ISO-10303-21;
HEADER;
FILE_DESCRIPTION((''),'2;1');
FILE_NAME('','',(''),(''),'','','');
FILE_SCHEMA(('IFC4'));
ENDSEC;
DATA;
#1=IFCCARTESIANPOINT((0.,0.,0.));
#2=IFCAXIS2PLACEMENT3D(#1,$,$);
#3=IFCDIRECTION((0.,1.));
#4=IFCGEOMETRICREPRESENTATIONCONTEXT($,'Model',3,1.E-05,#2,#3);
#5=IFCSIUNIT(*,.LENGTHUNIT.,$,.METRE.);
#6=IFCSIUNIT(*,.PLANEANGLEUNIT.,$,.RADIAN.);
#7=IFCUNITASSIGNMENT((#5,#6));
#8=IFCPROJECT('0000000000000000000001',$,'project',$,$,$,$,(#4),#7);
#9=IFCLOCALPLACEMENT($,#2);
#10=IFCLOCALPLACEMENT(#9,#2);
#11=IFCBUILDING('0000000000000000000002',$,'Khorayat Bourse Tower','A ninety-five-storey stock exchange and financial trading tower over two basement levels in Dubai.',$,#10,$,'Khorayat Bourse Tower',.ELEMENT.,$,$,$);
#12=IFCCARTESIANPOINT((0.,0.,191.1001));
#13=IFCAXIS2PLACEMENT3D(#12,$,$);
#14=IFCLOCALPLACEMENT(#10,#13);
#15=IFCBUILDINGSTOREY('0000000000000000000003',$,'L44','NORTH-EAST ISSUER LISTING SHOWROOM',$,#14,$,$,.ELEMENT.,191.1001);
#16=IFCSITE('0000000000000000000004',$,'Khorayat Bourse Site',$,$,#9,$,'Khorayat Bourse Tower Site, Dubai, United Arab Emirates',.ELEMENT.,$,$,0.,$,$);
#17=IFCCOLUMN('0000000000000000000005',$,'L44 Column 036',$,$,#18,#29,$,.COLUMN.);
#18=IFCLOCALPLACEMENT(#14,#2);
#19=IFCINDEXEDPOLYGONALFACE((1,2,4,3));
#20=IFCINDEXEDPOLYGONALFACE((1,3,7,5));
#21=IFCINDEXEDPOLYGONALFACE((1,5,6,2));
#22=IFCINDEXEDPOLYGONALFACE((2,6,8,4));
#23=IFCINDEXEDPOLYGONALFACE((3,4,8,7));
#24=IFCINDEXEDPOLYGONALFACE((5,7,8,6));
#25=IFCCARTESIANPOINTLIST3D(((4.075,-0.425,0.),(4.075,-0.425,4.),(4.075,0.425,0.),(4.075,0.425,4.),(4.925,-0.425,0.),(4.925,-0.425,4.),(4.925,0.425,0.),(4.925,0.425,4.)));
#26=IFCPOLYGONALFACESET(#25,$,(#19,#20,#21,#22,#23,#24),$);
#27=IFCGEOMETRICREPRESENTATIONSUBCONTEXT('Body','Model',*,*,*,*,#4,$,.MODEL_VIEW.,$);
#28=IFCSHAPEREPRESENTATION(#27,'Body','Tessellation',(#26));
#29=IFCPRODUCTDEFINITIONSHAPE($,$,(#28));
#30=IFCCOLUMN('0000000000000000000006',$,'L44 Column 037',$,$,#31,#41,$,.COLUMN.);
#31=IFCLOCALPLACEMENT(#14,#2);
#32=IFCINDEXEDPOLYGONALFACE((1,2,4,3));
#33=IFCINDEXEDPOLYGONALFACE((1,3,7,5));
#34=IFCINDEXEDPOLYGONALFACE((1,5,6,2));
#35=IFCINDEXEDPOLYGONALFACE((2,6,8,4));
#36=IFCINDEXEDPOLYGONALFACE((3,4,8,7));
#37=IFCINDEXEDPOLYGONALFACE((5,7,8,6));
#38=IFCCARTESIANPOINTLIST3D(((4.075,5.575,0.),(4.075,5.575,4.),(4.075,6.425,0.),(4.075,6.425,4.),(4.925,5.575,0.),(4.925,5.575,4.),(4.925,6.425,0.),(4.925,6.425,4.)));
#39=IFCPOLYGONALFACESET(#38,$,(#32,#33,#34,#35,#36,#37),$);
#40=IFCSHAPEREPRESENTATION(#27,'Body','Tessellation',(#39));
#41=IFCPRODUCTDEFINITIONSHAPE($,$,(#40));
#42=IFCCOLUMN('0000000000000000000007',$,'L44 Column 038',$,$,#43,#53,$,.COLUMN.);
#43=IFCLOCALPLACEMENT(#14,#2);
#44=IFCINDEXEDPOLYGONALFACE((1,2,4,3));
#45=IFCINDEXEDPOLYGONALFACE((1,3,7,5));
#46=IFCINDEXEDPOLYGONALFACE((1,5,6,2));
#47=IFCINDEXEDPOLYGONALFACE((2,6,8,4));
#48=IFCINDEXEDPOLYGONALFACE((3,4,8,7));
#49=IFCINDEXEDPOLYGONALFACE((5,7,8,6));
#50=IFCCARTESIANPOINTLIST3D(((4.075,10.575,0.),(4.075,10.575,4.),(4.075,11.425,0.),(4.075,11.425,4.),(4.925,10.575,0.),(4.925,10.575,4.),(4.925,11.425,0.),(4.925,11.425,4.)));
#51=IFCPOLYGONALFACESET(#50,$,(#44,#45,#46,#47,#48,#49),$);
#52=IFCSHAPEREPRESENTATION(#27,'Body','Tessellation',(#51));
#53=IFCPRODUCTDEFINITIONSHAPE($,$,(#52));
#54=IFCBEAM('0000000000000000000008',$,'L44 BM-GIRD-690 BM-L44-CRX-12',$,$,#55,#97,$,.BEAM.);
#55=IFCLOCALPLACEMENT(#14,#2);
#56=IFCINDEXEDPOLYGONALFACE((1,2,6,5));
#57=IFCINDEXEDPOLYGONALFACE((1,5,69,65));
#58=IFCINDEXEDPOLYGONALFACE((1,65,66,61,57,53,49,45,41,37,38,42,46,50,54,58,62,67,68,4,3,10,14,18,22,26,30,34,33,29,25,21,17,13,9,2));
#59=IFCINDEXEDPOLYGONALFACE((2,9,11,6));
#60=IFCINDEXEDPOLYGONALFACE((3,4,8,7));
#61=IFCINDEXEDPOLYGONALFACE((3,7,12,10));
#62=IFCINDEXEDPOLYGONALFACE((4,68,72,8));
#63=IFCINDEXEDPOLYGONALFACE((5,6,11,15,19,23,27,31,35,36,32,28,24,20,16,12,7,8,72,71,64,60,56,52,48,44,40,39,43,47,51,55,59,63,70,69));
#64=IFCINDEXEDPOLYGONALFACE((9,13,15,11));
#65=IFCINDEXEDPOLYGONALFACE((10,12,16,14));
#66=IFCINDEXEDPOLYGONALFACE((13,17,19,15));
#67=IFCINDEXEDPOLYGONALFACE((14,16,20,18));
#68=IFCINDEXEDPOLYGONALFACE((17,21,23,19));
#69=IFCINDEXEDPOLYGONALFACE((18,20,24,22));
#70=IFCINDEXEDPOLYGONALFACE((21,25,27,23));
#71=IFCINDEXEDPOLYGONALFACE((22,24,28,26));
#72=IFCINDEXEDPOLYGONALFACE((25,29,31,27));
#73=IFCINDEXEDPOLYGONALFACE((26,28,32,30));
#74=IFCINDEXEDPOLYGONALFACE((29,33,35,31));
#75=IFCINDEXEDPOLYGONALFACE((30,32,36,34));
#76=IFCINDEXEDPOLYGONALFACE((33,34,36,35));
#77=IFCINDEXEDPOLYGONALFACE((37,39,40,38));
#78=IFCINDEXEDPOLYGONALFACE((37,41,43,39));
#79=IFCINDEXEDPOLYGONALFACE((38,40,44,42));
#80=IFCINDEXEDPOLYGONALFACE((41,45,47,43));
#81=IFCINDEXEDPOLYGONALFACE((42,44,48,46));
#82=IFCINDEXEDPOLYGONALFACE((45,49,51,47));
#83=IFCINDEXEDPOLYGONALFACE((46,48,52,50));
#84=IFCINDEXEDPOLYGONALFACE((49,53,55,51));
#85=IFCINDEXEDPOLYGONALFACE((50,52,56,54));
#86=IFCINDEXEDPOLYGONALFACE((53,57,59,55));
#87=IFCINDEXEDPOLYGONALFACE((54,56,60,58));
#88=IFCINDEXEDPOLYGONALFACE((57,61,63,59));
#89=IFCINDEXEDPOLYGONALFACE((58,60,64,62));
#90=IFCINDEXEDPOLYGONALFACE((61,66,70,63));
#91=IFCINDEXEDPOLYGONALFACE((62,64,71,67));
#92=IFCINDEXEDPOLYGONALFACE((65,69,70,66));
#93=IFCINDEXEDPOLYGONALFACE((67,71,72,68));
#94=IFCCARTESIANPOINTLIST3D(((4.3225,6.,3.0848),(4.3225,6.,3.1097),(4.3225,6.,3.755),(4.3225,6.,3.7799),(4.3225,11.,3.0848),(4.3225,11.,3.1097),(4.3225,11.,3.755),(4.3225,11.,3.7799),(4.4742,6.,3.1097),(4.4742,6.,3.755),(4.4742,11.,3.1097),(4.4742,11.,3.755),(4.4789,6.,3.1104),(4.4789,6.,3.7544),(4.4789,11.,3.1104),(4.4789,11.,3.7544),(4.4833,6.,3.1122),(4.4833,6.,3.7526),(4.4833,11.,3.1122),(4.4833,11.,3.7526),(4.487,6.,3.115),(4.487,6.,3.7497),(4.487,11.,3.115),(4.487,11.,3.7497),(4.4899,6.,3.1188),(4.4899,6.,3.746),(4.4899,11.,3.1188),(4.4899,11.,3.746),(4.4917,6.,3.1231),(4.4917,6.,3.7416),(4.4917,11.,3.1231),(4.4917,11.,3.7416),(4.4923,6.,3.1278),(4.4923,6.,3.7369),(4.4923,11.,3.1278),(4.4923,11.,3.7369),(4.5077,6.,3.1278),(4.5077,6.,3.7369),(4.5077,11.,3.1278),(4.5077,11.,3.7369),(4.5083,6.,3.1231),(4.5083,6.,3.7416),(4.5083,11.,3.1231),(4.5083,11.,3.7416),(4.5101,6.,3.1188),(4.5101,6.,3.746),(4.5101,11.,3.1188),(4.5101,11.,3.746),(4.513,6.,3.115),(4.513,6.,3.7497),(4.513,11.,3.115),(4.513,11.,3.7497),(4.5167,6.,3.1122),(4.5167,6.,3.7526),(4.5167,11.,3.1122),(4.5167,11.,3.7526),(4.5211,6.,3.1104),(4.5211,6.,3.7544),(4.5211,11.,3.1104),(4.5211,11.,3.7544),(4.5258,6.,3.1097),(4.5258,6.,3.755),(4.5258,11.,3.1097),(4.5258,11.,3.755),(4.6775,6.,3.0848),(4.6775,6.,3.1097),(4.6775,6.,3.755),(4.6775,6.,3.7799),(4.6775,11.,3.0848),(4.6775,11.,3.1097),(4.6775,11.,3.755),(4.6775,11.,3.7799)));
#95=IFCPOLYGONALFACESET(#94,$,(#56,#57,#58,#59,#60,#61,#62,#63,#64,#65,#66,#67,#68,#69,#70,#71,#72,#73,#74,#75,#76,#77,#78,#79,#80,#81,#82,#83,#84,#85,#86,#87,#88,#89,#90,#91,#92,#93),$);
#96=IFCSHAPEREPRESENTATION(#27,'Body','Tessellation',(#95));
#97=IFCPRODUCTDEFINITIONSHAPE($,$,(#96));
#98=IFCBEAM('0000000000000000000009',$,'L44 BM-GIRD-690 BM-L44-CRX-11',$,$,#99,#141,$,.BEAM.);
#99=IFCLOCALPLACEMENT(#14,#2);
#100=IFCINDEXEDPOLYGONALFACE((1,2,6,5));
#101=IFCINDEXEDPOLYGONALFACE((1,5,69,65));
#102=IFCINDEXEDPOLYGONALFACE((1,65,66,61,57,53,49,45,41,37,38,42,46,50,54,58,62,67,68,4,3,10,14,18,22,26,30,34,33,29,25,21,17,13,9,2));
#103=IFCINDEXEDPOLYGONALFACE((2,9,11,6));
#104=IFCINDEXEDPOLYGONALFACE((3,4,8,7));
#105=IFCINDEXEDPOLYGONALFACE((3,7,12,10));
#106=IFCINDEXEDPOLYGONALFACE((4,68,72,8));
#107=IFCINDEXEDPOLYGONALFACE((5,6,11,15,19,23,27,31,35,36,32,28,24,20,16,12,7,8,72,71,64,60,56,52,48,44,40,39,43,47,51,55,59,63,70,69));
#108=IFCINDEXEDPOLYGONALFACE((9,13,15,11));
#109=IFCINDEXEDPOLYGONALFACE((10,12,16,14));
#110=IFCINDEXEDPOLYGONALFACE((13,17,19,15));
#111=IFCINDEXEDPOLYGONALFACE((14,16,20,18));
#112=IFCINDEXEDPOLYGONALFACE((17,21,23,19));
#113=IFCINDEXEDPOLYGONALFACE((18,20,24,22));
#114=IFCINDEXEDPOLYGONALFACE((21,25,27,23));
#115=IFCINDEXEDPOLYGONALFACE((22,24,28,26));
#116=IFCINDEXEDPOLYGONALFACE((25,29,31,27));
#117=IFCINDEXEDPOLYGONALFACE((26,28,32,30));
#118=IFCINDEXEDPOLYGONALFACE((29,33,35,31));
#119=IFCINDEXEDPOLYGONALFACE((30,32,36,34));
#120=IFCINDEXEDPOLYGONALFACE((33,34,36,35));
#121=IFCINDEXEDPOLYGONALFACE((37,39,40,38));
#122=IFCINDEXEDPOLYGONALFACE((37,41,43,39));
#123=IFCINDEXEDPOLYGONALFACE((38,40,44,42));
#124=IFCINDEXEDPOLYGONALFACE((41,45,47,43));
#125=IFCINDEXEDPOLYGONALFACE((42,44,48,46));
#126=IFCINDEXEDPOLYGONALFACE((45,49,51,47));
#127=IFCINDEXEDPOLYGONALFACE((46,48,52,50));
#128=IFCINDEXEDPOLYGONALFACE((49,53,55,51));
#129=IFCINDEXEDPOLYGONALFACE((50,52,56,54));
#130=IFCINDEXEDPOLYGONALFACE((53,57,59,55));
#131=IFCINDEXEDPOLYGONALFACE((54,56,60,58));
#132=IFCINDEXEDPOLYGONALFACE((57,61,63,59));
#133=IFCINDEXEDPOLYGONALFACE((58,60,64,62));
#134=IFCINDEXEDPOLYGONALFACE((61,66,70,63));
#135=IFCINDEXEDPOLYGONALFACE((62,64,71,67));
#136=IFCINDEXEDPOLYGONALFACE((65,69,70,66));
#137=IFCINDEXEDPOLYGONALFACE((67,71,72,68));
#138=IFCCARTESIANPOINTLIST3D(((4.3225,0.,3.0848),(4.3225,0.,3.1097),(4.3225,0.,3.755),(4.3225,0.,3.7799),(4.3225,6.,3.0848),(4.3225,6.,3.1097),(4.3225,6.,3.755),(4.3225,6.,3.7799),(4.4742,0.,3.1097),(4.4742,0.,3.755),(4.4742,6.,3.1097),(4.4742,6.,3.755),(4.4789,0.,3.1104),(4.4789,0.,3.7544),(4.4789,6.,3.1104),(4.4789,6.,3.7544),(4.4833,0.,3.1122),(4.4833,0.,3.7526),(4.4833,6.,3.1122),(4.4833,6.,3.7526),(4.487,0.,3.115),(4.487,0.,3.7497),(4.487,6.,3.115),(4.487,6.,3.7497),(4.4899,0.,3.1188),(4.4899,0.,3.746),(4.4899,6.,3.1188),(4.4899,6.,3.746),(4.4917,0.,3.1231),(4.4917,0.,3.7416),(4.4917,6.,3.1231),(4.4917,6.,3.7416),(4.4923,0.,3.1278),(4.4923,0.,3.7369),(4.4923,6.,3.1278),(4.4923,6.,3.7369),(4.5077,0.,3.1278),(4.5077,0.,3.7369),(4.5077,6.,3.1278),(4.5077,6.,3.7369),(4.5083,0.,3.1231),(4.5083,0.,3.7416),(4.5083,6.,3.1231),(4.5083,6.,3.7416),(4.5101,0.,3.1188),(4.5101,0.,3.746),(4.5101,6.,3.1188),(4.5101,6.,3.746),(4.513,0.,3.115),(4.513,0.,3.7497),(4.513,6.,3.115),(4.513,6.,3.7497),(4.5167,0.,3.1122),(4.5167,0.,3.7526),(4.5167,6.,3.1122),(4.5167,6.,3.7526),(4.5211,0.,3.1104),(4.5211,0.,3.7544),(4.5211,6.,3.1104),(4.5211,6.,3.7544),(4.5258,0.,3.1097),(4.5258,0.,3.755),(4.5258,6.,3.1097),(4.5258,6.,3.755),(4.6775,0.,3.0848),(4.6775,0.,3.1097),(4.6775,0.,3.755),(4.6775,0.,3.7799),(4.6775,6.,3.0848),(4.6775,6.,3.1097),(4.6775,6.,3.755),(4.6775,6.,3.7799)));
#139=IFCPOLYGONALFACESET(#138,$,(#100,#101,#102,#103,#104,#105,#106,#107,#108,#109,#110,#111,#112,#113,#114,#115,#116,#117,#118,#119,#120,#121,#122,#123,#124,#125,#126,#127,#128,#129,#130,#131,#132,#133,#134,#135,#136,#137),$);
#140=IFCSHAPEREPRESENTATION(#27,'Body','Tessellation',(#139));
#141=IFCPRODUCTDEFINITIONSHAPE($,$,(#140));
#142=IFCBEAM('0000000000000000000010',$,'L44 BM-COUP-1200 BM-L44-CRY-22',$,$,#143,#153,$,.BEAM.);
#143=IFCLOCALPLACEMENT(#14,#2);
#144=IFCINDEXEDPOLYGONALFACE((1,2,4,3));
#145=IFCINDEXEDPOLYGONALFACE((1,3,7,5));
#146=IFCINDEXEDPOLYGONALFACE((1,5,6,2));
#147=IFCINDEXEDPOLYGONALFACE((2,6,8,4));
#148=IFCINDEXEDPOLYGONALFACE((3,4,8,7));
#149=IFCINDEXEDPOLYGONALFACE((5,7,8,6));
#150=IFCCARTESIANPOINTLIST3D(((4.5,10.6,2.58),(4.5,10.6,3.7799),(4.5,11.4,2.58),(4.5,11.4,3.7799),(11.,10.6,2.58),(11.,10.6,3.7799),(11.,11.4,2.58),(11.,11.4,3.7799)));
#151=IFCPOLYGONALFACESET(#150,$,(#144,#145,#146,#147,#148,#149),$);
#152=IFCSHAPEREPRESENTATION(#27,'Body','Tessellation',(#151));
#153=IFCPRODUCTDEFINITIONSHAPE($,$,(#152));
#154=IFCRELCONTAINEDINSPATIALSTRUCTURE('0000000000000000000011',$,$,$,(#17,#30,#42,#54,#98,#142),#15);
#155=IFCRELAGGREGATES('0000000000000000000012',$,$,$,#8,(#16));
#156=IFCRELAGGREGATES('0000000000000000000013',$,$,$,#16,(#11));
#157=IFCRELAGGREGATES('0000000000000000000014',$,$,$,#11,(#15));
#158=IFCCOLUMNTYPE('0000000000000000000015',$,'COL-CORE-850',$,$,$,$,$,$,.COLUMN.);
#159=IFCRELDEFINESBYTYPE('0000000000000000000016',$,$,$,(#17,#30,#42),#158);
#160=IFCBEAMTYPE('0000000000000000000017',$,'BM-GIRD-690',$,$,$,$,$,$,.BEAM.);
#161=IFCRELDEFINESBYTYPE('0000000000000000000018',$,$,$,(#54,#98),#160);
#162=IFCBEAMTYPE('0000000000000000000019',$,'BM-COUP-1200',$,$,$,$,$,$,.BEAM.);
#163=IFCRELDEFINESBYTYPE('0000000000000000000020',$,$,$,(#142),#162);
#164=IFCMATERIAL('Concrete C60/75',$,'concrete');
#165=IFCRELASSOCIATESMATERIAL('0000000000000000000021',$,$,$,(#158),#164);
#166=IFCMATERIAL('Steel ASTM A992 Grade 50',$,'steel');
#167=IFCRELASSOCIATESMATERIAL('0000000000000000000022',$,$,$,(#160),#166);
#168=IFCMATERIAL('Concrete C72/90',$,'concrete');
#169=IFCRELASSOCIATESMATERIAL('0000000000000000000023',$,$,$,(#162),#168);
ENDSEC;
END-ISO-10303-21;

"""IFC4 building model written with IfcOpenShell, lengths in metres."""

from ifc_helpers import new_model, si_unit, direction, frame, origin, origin_2d, place, context, subcontext, project, spatial, rectangle, i_section, extrude, source, transform, mapped, material, material_profile, profile_set, type_object, element, save


model = new_model("IFC4")

# Units and contexts
model_context = context("Model", 3, precision=1e-05, world=origin(), true_north=direction((0.0, 1.0)))
body_context = subcontext(model_context, "Body", "Model", "MODEL_VIEW")
ifc_project = project(units=[si_unit("LENGTHUNIT", "METRE"), si_unit("PLANEANGLEUNIT", "RADIAN")], contexts=[model_context])

# Site, building, storey
site_placement = place(None, origin())
site = spatial("IfcSite", under=ifc_project, at=site_placement, Name="Khorayat Bourse Site", LongName="Khorayat Bourse Tower Site, Dubai, United Arab Emirates", CompositionType="ELEMENT", RefElevation=0.0)
building_placement = place(site_placement, origin())
building = spatial("IfcBuilding", under=site, at=building_placement, Name="Khorayat Bourse Tower", Description="A ninety-five-storey stock exchange and financial trading tower over two basement levels in Dubai.", LongName="Khorayat Bourse Tower", CompositionType="ELEMENT")
storey_placement = place(building_placement, frame((0.0, 0.0, 191.1001)))
storey = spatial("IfcBuildingStorey", under=building, at=storey_placement, Name="L44", Description="NORTH-EAST ISSUER LISTING SHOWROOM", CompositionType="ELEMENT", Elevation=191.1001)

# Columns
ifc_material_1 = material(Name="Concrete C60/75", Category="concrete")
ifc_material_profile_1 = material_profile(ifc_material_1, rectangle(XDim=0.8501, YDim=0.8501, at=origin_2d()), Name="RC 850x850")
ifc_profile_set_1 = profile_set([ifc_material_profile_1], Name="Concrete C60/75")
column_type = type_object("IfcColumnType", Name="COL-CORE-850", PredefinedType="COLUMN", material=ifc_profile_set_1)
shared_shape_1 = source(origin(), body_context, "Body", "SweptSolid", [
    extrude(rectangle(XDim=0.8501, YDim=0.8501, at=origin_2d()), origin(), (0.0, 0.0, 1.0), 4.0),
])
for number, where, z_axis, x_axis, name in (
    (1, (4.5, 0.0, 0.0), (0.0, 0.0, 1.0), (1.0, 0.0, 0.0), "L44 Column 036"),
    (2, (4.5, 6.0, 0.0), (0.0, 0.0, 1.0), (1.0, 0.0, 0.0), "L44 Column 037"),
    (3, (4.5, 11.0, 0.0), (0.0, 0.0, 1.0), (1.0, 0.0, 0.0), "L44 Column 038"),
):
    element("IfcColumn", number, at=place(storey_placement, frame(where, z_axis=z_axis, x_axis=x_axis)), inside=storey, type_object=column_type, Name=name, PredefinedType="COLUMN", context=body_context, shape_type="MappedRepresentation", body=[
        mapped(shared_shape_1, transform((0.0, 0.0, 0.0), scale=1.0)),
    ])

# Beams
ifc_material_2 = material(Name="Steel ASTM A992 Grade 50", Category="steel")
ifc_material_profile_2 = material_profile(ifc_material_2, i_section(OverallWidth=0.355, OverallDepth=0.6951, WebThickness=0.0154, FlangeThickness=0.0249, FilletRadius=0.0181, at=origin_2d()), Name="W690X217")
ifc_profile_set_2 = profile_set([ifc_material_profile_2], Name="Steel ASTM A992 Grade 50")
beam_type_1 = type_object("IfcBeamType", Name="BM-GIRD-690", PredefinedType="BEAM", material=ifc_profile_set_2)
shared_shape_2 = source(origin(), body_context, "Body", "SweptSolid", [
    extrude(i_section(OverallWidth=0.355, OverallDepth=0.6951, WebThickness=0.0154, FlangeThickness=0.0249, FilletRadius=0.0181, at=origin_2d()), origin(), (0.0, 0.0, 1.0), 5.0),
])
beam_1_placement = place(storey_placement, frame((4.5, 6.0, 3.4324), z_axis=(0.0, 1.0, 0.0), x_axis=(-1.0, 0.0, 0.0)))
element("IfcBeam", 4, at=beam_1_placement, inside=storey, type_object=beam_type_1, Name="L44 BM-GIRD-690 BM-L44-CRX-12", PredefinedType="BEAM", context=body_context, shape_type="MappedRepresentation", body=[
    mapped(shared_shape_2, transform((0.0, 0.0, 0.0), scale=1.0)),
])
shared_shape_3 = source(origin(), body_context, "Body", "SweptSolid", [
    extrude(i_section(OverallWidth=0.355, OverallDepth=0.6951, WebThickness=0.0154, FlangeThickness=0.0249, FilletRadius=0.0181, at=origin_2d()), origin(), (0.0, 0.0, 1.0), 6.0),
])
beam_2_placement = place(storey_placement, frame((4.5, 0.0, 3.4324), z_axis=(0.0, 1.0, 0.0), x_axis=(-1.0, 0.0, 0.0)))
element("IfcBeam", 5, at=beam_2_placement, inside=storey, type_object=beam_type_1, Name="L44 BM-GIRD-690 BM-L44-CRX-11", PredefinedType="BEAM", context=body_context, shape_type="MappedRepresentation", body=[
    mapped(shared_shape_3, transform((0.0, 0.0, 0.0), scale=1.0)),
])
ifc_material_3 = material(Name="Concrete C72/90", Category="concrete")
ifc_material_profile_3 = material_profile(ifc_material_3, rectangle(XDim=0.8, YDim=1.2, at=origin_2d()), Name="RC 800x1200")
ifc_profile_set_3 = profile_set([ifc_material_profile_3], Name="Concrete C72/90")
beam_type_2 = type_object("IfcBeamType", Name="BM-COUP-1200", PredefinedType="BEAM", material=ifc_profile_set_3)
shared_shape_4 = source(origin(), body_context, "Body", "SweptSolid", [
    extrude(rectangle(XDim=0.8, YDim=1.2, at=origin_2d()), origin(), (0.0, 0.0, 1.0), 6.5),
])
beam_3_placement = place(storey_placement, frame((4.5, 11.0, 3.1799), z_axis=(1.0, 0.0, 0.0), x_axis=(0.0, 1.0, 0.0)))
element("IfcBeam", 6, at=beam_3_placement, inside=storey, type_object=beam_type_2, Name="L44 BM-COUP-1200 BM-L44-CRY-22", PredefinedType="BEAM", context=body_context, shape_type="MappedRepresentation", body=[
    mapped(shared_shape_4, transform((0.0, 0.0, 0.0), scale=1.0)),
])

save(model, "model.ifc")
